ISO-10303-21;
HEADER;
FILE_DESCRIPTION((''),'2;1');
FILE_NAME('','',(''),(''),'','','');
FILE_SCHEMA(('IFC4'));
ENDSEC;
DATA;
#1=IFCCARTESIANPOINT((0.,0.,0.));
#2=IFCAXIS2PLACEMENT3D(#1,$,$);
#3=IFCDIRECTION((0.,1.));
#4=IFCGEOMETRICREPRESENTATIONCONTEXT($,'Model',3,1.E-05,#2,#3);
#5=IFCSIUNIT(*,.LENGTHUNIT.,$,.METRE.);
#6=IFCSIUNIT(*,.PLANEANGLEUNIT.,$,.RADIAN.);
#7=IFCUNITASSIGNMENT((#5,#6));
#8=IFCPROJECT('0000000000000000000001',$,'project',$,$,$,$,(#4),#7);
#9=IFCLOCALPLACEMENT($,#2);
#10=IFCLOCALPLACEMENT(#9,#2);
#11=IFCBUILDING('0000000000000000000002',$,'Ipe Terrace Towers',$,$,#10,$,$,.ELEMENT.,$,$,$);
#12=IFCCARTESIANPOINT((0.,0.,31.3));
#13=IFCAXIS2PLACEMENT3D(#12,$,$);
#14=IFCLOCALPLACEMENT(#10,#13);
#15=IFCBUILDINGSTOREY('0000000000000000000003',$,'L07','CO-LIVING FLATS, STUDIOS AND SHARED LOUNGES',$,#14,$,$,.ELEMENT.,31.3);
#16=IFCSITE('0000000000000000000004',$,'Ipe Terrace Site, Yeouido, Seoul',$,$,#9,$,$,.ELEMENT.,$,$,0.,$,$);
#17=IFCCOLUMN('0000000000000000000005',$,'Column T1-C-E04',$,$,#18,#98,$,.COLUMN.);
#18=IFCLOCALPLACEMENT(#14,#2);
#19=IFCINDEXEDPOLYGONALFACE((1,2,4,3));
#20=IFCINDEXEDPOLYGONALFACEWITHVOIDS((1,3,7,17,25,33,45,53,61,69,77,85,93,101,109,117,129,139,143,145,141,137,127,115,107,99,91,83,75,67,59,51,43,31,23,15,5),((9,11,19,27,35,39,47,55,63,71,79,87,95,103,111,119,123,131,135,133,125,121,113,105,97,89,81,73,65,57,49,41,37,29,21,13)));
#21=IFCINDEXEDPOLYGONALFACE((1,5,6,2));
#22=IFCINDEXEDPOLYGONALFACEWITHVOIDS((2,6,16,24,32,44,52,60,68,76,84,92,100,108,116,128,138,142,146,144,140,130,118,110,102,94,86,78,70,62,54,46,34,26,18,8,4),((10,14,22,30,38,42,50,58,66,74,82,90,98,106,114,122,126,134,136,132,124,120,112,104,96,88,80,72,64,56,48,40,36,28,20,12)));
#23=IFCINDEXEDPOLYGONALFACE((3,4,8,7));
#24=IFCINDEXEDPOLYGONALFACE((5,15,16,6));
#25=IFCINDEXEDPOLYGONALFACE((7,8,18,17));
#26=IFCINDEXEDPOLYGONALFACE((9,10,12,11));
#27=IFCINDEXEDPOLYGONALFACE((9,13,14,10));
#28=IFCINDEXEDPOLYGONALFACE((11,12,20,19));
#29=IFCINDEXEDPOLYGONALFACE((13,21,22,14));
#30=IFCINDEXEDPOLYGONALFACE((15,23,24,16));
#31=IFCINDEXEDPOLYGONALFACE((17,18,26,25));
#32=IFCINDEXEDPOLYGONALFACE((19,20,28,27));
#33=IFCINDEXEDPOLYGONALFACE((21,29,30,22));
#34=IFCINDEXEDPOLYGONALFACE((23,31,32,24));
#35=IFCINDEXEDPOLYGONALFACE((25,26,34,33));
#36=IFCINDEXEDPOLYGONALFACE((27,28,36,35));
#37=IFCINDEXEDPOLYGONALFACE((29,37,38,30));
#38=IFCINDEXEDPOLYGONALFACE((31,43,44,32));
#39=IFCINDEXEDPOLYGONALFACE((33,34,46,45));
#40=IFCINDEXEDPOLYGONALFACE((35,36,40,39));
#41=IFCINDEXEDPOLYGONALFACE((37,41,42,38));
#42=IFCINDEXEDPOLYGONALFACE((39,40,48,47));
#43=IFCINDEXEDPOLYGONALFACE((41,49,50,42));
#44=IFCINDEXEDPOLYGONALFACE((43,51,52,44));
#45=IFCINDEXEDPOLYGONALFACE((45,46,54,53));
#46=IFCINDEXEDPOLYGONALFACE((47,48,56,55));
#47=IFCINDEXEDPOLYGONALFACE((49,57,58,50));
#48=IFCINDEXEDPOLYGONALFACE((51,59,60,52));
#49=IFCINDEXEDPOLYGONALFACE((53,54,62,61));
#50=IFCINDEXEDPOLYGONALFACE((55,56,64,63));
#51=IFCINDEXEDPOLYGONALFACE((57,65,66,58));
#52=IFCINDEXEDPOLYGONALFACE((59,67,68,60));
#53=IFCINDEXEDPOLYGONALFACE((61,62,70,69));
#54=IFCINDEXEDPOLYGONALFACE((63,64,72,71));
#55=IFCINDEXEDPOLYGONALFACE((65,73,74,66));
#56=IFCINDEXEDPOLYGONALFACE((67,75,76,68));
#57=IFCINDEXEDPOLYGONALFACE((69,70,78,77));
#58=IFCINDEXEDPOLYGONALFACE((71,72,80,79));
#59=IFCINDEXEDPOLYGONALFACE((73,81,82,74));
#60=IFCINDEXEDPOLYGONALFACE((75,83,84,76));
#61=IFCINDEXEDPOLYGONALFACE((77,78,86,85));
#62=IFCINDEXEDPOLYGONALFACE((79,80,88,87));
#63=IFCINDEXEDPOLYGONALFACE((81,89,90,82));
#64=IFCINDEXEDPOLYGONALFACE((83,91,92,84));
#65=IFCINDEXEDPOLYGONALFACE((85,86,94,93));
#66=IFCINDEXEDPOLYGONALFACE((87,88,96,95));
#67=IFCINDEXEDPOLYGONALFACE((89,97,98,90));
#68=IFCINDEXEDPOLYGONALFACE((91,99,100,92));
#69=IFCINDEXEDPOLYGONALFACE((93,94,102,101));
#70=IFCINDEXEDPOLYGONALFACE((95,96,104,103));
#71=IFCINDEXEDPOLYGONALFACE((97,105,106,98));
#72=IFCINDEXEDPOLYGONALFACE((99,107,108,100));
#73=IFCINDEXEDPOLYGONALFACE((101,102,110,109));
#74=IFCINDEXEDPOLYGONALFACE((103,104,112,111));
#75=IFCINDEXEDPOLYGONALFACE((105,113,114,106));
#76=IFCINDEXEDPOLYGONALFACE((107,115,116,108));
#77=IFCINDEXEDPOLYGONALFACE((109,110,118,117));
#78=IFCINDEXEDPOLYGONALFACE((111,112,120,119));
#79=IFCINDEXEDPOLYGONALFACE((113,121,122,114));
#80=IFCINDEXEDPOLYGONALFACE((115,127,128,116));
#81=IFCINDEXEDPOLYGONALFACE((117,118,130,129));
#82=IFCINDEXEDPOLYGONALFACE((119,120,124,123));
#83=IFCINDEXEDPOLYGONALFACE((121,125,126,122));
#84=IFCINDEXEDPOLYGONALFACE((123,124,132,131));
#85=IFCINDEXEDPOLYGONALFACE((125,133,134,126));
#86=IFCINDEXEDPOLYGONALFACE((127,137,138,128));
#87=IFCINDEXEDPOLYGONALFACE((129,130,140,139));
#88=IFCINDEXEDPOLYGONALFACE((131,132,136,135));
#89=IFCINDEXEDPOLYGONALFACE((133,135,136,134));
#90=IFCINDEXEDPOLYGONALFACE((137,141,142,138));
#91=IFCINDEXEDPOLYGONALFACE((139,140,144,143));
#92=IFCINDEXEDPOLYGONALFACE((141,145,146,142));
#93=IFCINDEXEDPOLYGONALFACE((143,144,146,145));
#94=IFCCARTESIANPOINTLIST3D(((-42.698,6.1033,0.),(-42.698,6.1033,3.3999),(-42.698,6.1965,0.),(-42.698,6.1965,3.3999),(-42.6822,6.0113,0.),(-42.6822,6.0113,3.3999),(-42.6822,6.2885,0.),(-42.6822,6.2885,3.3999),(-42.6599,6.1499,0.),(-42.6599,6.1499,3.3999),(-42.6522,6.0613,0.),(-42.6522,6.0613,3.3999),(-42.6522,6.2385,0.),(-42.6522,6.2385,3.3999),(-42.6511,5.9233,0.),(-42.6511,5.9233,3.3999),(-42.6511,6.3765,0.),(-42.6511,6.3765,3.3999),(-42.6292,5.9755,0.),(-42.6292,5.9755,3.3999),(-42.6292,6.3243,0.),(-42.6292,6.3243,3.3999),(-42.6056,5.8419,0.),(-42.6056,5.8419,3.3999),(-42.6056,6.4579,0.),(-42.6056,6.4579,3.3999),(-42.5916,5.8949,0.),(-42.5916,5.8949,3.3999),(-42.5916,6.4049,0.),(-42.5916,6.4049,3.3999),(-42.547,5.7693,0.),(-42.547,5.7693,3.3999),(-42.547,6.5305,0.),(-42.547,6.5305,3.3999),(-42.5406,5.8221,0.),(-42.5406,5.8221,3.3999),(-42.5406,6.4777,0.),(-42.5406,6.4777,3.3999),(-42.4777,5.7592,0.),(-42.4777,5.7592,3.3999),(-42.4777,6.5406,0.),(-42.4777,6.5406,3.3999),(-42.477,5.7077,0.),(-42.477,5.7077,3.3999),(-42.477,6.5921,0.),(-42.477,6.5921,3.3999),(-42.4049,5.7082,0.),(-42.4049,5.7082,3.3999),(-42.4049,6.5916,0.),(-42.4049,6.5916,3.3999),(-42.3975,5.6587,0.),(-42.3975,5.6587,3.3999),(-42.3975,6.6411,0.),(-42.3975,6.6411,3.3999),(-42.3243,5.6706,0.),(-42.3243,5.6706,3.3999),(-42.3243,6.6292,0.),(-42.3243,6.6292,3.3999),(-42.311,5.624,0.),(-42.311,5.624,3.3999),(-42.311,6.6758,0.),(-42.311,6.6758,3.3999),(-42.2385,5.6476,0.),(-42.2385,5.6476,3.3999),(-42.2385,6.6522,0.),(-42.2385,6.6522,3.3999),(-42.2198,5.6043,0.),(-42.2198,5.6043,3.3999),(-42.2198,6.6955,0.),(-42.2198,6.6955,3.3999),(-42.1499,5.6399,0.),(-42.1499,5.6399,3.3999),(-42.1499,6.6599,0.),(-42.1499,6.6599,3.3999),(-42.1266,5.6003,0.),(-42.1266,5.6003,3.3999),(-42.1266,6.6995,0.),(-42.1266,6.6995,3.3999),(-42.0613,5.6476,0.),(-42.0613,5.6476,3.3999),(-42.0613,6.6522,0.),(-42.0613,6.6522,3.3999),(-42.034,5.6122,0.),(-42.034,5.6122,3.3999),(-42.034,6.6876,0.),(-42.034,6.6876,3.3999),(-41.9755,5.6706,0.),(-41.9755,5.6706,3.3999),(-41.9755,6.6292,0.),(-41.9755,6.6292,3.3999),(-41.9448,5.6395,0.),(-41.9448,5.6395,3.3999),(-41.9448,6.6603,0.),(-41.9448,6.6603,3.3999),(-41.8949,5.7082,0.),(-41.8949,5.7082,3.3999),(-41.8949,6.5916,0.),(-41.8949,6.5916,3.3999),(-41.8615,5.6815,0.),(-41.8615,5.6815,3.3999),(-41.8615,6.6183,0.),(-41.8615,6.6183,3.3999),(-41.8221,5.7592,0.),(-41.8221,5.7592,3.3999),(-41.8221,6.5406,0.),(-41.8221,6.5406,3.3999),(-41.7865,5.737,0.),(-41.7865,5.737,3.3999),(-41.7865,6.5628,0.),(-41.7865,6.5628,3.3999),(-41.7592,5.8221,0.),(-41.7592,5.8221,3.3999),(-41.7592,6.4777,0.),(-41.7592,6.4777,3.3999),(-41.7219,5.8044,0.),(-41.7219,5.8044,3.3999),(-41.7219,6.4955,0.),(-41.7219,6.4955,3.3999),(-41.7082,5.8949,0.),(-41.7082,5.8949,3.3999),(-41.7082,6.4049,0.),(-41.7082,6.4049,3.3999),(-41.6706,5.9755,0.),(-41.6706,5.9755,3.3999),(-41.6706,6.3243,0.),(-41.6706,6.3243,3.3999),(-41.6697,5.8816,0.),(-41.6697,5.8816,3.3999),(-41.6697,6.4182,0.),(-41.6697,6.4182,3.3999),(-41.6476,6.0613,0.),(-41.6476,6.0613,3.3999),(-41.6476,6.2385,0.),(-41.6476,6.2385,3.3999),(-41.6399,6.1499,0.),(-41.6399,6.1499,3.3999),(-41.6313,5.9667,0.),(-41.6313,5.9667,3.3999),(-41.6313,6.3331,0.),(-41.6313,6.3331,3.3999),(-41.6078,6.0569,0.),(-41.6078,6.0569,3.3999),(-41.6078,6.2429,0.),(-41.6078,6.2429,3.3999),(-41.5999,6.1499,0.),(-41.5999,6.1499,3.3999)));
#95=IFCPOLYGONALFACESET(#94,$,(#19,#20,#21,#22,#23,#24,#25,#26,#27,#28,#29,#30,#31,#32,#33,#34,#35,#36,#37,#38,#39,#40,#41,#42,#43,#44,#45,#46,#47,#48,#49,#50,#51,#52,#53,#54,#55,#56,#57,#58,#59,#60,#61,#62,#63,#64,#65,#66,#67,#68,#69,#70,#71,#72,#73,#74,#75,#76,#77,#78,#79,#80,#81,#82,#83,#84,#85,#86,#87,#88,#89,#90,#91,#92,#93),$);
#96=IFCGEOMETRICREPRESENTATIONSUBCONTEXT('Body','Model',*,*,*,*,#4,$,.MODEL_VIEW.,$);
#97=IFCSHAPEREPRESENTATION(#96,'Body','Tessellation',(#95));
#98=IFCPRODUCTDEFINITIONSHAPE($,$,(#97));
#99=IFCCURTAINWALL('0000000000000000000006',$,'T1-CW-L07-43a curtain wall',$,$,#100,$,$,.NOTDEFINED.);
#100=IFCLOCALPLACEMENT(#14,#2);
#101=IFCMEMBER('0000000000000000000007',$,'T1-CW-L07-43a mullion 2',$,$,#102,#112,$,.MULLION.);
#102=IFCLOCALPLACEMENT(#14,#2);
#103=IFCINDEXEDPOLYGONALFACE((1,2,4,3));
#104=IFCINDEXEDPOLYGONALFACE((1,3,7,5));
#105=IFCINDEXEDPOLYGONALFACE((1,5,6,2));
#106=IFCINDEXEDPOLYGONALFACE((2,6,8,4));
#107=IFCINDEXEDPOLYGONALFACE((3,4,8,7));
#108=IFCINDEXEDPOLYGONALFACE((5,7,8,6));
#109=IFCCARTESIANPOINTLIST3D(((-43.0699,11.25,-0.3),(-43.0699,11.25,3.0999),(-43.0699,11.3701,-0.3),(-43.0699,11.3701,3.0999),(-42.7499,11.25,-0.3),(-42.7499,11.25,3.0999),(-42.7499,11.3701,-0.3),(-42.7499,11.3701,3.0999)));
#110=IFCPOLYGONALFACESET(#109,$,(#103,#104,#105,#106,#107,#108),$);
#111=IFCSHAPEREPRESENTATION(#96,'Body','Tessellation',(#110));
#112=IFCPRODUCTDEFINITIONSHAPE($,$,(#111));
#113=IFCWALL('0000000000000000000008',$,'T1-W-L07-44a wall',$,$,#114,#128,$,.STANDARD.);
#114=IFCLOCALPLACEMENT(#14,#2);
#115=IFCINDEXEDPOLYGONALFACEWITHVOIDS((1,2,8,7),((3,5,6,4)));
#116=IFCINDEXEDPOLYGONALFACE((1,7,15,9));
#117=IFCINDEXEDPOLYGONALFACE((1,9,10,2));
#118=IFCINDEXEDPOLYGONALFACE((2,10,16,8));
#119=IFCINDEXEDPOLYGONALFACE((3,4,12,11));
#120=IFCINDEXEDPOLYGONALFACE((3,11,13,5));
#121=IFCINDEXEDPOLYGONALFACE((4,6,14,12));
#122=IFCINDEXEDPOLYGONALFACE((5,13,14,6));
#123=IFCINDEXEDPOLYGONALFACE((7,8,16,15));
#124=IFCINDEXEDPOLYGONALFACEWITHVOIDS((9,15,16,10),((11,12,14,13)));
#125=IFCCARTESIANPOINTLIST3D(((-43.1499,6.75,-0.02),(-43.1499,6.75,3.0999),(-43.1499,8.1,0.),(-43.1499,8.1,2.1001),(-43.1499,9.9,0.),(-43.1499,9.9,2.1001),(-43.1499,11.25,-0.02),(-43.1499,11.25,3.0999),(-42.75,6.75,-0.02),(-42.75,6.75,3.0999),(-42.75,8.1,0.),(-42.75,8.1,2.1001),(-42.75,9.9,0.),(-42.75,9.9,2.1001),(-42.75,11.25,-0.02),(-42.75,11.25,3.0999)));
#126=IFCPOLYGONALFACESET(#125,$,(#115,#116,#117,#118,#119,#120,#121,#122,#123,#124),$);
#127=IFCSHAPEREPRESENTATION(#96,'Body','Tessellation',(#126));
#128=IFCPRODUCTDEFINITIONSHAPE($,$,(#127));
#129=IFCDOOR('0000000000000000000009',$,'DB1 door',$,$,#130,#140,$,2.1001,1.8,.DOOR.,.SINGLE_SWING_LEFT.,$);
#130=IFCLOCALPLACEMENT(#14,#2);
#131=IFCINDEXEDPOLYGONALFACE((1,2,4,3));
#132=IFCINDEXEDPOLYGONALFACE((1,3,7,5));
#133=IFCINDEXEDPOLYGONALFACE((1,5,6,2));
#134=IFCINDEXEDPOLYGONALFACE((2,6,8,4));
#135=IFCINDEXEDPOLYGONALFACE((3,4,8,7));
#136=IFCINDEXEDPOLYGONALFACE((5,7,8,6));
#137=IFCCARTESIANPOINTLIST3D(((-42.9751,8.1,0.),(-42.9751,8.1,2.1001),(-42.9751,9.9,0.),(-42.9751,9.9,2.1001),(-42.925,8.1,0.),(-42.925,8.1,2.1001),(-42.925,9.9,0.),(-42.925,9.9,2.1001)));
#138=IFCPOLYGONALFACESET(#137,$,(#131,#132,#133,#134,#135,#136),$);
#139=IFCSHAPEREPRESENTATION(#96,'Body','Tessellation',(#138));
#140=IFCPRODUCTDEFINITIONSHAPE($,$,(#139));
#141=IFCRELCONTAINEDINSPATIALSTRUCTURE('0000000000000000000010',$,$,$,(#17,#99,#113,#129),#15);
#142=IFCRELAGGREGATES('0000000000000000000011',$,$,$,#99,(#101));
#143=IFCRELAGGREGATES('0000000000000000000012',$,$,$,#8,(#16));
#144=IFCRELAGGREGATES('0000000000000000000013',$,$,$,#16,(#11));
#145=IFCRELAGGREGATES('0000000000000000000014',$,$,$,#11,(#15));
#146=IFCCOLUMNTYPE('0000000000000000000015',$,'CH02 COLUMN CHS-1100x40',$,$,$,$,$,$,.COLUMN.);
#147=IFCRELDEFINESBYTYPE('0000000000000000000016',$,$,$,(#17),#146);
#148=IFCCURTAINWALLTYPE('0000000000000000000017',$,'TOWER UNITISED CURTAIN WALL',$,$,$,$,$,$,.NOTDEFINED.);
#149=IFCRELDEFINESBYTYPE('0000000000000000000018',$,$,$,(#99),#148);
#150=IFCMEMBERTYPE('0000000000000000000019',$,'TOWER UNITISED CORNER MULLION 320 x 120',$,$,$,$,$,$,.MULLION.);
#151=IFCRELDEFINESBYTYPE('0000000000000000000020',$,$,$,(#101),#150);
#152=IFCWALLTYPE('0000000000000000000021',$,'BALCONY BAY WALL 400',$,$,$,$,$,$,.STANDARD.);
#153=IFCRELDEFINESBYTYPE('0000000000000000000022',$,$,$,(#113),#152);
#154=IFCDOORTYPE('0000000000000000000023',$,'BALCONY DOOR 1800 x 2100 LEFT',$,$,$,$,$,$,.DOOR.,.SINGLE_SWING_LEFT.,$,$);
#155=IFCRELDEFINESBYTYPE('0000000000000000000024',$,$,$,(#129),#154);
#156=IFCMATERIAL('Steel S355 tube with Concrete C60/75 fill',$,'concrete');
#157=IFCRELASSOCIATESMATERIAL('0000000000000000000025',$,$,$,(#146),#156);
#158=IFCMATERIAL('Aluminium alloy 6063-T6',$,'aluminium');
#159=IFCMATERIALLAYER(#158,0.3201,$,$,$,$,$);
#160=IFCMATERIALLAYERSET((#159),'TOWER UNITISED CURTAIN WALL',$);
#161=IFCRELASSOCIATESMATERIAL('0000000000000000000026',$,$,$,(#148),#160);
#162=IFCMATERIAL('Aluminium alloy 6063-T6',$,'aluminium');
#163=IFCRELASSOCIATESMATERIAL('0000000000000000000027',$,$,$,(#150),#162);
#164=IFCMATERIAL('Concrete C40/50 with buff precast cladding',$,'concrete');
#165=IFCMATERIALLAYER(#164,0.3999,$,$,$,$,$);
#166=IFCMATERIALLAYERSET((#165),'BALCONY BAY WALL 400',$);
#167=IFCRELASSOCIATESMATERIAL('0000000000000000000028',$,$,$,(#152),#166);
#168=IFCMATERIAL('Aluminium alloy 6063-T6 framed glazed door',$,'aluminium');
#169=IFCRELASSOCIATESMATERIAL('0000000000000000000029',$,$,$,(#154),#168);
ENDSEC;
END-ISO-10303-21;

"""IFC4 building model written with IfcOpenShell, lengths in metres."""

from ifc_helpers import new_model, si_unit, direction, frame, frame_2d, origin, origin_2d, place, context, subcontext, project, spatial, rectangle, hollow_circle, extrude, material, layer, layer_set, material_profile, profile_set, type_object, element, fill, aggregate, save


model = new_model("IFC4")

# Units and contexts
model_context = context("Model", 3, precision=1e-05, world=origin(), true_north=direction((0.0, 1.0)))
body_context = subcontext(model_context, "Body", "Model", "MODEL_VIEW")
ifc_project = project(units=[si_unit("LENGTHUNIT", "METRE"), si_unit("PLANEANGLEUNIT", "RADIAN")], contexts=[model_context])

# Site, building, storey
site_placement = place(None, origin())
site = spatial("IfcSite", under=ifc_project, at=site_placement, Name="Ipe Terrace Site, Yeouido, Seoul", CompositionType="ELEMENT", RefElevation=0.0)
building_placement = place(site_placement, origin())
building = spatial("IfcBuilding", under=site, at=building_placement, Name="Ipe Terrace Towers", CompositionType="ELEMENT")
storey_placement = place(building_placement, frame((0.0, 0.0, 31.3)))
storey = spatial("IfcBuildingStorey", under=building, at=storey_placement, Name="L07", Description="CO-LIVING FLATS, STUDIOS AND SHARED LOUNGES", CompositionType="ELEMENT", Elevation=31.3)

# Column
ifc_material_1 = material(Name="Steel S355 tube with Concrete C60/75 fill", Category="concrete")
ifc_material_profile_1 = material_profile(ifc_material_1, hollow_circle(Radius=0.55, WallThickness=0.04, at=origin_2d()), Name="CHS-1100x40")
ifc_profile_set_1 = profile_set([ifc_material_profile_1], Name="Steel S355 tube with Concrete C60/75 fill")
column_type = type_object("IfcColumnType", Name="CH02 COLUMN CHS-1100x40", PredefinedType="COLUMN", material=ifc_profile_set_1)
column_placement = place(storey_placement, frame((-42.1499, 6.1499, 0.0), z_axis=(0.0, 0.0, 1.0), x_axis=(1.0, 0.0, 0.0)))
element("IfcColumn", 1, at=column_placement, inside=storey, type_object=column_type, Name="Column T1-C-E04", PredefinedType="COLUMN", context=body_context, shape_type="SweptSolid", body=[
    extrude(hollow_circle(Radius=0.55, WallThickness=0.04, at=origin_2d()), origin(), (0.0, 0.0, 1.0), 3.3999),
])

# Curtain wall, member
ifc_material_2 = material(Name="Aluminium alloy 6063-T6", Category="aluminium")
ifc_layer_1 = layer(ifc_material_2, 0.3201)
ifc_layer_set_1 = layer_set([ifc_layer_1], Name="TOWER UNITISED CURTAIN WALL")
curtain_wall_type = type_object("IfcCurtainWallType", Name="TOWER UNITISED CURTAIN WALL", PredefinedType="NOTDEFINED", material=ifc_layer_set_1)
curtain_wall_placement = place(storey_placement, origin())
curtain_wall = element("IfcCurtainWall", 2, at=curtain_wall_placement, inside=storey, type_object=curtain_wall_type, Name="T1-CW-L07-43a curtain wall", PredefinedType="NOTDEFINED")
ifc_material_3 = material(Name="Aluminium alloy 6063-T6", Category="aluminium")
ifc_material_profile_2 = material_profile(ifc_material_3, rectangle(XDim=0.3201, YDim=0.1201, at=origin_2d()), Name="TOWER UNITISED CORNER MULLION 320 x 120")
ifc_profile_set_2 = profile_set([ifc_material_profile_2], Name="Aluminium alloy 6063-T6")
member_type = type_object("IfcMemberType", Name="TOWER UNITISED CORNER MULLION 320 x 120", PredefinedType="MULLION", material=ifc_profile_set_2)
member_placement = place(storey_placement, frame((-42.9099, 11.3101, -0.3), z_axis=(0.0, 0.0, 1.0), x_axis=(-1.0, 0.0, 0.0)))
member = element("IfcMember", 3, at=member_placement, type_object=member_type, Name="T1-CW-L07-43a mullion 2", PredefinedType="MULLION", context=body_context, shape_type="SweptSolid", body=[
    extrude(rectangle(XDim=0.3201, YDim=0.1201, at=origin_2d()), origin(), (0.0, 0.0, 1.0), 3.3999),
])
aggregate(curtain_wall, [member])

# Wall, opening, door
ifc_material_4 = material(Name="Concrete C40/50 with buff precast cladding", Category="concrete")
ifc_layer_2 = layer(ifc_material_4, 0.3999)
ifc_layer_set_2 = layer_set([ifc_layer_2], Name="BALCONY BAY WALL 400")
wall_type_1 = type_object("IfcWallType", Name="BALCONY BAY WALL 400", PredefinedType="STANDARD", material=ifc_layer_set_2)
wall_1_placement = place(storey_placement, frame((-42.95, 11.25, -0.02), z_axis=(0.0, 0.0, 1.0), x_axis=(0.0, -1.0, 0.0)))
wall_1 = element("IfcWall", 4, at=wall_1_placement, inside=storey, type_object=wall_type_1, Name="T1-W-L07-44a wall", PredefinedType="STANDARD", context=body_context, shape_type="SweptSolid", body=[
    extrude(rectangle(XDim=4.5, YDim=0.3999, at=frame_2d((2.25, 0.0))), origin(), (0.0, 0.0, 1.0), 3.1199),
])
opening_1_placement = place(wall_1_placement, frame((1.3501, 0.0, 0.02)))
opening_1 = element("IfcOpeningElement", 5, at=opening_1_placement, cuts=wall_1, PredefinedType="OPENING", context=body_context, shape_type="SweptSolid", body=[
    extrude(rectangle(XDim=1.8, YDim=2.1001, at=frame_2d((0.8999, 1.05))), frame((0.0, 0.21, 0.0), z_axis=(0.0, -1.0, 0.0), x_axis=(1.0, 0.0, 0.0)), (0.0, 0.0, 1.0), 0.4199),
])
ifc_material_5 = material(Name="Aluminium alloy 6063-T6 framed glazed door", Category="aluminium")
door_type_1 = type_object("IfcDoorType", Name="BALCONY DOOR 1800 x 2100 LEFT", OperationType="SINGLE_SWING_LEFT", PredefinedType="DOOR", material=ifc_material_5)
door_1_placement = place(opening_1_placement, origin())
door_1 = element("IfcDoor", 6, at=door_1_placement, inside=storey, type_object=door_type_1, Name="DB1 door", OperationType="SINGLE_SWING_LEFT", OverallHeight=2.1001, OverallWidth=1.8, PredefinedType="DOOR", context=body_context, shape_type="SweptSolid", body=[
    extrude(rectangle(XDim=1.8, YDim=2.1001, at=frame_2d((0.8999, 1.05))), frame((0.0, 0.0249, 0.0), z_axis=(0.0, -1.0, 0.0), x_axis=(1.0, 0.0, 0.0)), (0.0, 0.0, 1.0), 0.05),
])
fill(opening_1, door_1)

save(model, "model.ifc")
